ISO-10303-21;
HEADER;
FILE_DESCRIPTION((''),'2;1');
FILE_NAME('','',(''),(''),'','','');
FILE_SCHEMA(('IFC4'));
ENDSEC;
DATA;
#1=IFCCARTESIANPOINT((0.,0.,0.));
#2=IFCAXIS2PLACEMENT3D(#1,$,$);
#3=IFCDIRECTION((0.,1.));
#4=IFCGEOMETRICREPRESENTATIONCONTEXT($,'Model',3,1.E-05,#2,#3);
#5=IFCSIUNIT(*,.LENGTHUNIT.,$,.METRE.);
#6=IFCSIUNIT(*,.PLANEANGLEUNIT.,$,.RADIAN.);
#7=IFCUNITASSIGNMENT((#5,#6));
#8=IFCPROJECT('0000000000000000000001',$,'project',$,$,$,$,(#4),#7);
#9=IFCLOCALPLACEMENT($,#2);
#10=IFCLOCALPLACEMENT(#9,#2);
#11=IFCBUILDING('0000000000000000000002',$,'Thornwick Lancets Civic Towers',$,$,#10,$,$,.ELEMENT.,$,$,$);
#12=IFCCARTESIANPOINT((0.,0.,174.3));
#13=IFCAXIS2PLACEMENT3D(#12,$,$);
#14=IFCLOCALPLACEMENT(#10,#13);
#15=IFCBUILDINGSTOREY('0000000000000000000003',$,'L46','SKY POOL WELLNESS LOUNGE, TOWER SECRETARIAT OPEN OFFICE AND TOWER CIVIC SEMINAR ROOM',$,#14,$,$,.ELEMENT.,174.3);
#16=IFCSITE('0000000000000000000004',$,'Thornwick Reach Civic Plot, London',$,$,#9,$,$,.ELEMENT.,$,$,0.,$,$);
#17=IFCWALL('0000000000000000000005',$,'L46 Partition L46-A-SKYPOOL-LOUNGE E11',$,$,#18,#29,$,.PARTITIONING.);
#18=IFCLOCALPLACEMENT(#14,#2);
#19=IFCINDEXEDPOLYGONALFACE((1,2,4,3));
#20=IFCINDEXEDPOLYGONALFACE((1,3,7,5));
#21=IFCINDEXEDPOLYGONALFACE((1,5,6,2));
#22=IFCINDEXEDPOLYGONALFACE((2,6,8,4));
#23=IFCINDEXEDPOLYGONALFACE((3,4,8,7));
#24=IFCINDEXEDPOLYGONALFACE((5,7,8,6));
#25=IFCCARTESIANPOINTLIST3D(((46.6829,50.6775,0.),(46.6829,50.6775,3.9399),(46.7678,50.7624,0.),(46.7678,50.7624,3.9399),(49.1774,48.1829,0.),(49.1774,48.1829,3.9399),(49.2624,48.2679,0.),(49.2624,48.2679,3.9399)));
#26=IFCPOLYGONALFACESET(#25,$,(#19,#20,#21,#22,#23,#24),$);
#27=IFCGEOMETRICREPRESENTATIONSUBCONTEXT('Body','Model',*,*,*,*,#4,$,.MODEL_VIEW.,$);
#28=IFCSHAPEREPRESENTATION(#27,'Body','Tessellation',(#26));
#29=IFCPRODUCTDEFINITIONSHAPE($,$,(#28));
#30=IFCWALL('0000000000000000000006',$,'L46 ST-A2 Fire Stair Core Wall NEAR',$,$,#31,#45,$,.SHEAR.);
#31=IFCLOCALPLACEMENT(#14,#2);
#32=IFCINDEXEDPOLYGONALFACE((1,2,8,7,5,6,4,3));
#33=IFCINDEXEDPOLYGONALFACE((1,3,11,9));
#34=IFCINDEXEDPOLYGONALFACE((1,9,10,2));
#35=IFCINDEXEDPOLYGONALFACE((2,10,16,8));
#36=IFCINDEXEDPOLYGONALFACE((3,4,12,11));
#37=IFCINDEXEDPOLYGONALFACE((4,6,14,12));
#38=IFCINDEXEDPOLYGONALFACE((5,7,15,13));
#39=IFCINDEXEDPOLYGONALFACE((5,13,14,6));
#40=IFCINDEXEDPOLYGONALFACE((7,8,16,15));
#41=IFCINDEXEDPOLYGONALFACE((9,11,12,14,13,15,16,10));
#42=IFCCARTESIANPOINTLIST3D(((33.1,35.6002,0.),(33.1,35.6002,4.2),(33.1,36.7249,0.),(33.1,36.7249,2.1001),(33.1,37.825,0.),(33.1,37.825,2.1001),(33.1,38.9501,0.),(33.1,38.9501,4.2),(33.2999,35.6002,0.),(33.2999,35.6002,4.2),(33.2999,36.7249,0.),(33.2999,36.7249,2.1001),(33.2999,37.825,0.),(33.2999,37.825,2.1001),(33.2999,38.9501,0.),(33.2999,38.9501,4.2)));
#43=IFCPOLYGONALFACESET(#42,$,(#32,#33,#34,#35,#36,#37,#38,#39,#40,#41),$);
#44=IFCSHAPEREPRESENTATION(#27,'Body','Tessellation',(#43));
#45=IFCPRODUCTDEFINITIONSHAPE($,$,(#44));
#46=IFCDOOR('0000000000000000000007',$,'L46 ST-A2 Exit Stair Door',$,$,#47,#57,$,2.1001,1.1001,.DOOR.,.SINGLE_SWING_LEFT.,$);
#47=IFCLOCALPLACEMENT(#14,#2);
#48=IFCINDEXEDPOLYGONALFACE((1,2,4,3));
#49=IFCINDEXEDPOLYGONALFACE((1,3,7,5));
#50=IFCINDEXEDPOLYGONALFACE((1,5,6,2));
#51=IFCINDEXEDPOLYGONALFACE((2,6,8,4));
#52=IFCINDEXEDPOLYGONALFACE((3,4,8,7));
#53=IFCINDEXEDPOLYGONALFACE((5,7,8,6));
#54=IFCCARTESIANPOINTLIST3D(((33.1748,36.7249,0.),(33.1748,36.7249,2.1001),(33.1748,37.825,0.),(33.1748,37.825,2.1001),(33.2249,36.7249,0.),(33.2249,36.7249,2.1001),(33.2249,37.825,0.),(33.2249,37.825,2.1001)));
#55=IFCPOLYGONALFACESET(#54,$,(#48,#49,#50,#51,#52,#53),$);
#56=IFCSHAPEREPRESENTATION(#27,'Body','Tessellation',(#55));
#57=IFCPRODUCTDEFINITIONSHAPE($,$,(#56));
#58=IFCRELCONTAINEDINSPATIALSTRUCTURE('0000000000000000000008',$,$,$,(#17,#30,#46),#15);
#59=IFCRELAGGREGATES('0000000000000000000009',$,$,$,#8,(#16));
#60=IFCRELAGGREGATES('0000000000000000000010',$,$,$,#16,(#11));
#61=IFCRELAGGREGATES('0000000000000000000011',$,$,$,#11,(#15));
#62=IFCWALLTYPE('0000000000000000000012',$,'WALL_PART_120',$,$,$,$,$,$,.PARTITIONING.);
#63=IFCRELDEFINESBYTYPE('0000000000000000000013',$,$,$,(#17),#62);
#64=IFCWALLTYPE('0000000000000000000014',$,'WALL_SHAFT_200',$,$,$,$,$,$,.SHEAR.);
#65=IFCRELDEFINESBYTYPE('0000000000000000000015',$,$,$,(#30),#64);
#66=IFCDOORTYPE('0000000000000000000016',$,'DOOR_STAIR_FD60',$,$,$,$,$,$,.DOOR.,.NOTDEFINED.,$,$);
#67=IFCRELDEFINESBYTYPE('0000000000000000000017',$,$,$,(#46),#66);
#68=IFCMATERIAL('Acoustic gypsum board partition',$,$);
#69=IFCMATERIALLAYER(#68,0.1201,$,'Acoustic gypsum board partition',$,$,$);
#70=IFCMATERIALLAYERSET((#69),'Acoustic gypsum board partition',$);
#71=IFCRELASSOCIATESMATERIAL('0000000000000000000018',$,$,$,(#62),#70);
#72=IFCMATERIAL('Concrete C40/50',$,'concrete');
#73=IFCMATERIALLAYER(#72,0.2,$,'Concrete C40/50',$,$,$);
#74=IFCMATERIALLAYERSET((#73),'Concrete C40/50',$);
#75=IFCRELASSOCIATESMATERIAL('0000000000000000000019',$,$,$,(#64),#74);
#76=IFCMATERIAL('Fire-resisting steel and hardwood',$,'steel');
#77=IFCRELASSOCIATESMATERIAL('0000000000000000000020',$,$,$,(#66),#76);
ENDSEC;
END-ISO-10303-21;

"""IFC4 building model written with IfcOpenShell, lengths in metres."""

from ifc_helpers import new_model, si_unit, direction, frame, frame_2d, origin, place, context, subcontext, project, spatial, rectangle, extrude, material, layer, layer_set, type_object, element, fill, save


model = new_model("IFC4")

# Units and contexts
model_context = context("Model", 3, precision=1e-05, world=origin(), true_north=direction((0.0, 1.0)))
body_context = subcontext(model_context, "Body", "Model", "MODEL_VIEW")
ifc_project = project(units=[si_unit("LENGTHUNIT", "METRE"), si_unit("PLANEANGLEUNIT", "RADIAN")], contexts=[model_context])

# Site, building, storey
site_placement = place(None, origin())
site = spatial("IfcSite", under=ifc_project, at=site_placement, Name="Thornwick Reach Civic Plot, London", CompositionType="ELEMENT", RefElevation=0.0)
building_placement = place(site_placement, origin())
building = spatial("IfcBuilding", under=site, at=building_placement, Name="Thornwick Lancets Civic Towers", CompositionType="ELEMENT")
storey_placement = place(building_placement, frame((0.0, 0.0, 174.3)))
storey = spatial("IfcBuildingStorey", under=building, at=storey_placement, Name="L46", Description="SKY POOL WELLNESS LOUNGE, TOWER SECRETARIAT OPEN OFFICE AND TOWER CIVIC SEMINAR ROOM", CompositionType="ELEMENT", Elevation=174.3)

# Wall
ifc_material_1 = material(Name="Acoustic gypsum board partition")
ifc_layer_1 = layer(ifc_material_1, 0.1201, Name="Acoustic gypsum board partition")
ifc_layer_set_1 = layer_set([ifc_layer_1], Name="Acoustic gypsum board partition")
wall_type_1 = type_object("IfcWallType", Name="WALL_PART_120", PredefinedType="PARTITIONING", material=ifc_layer_set_1)
wall_1_placement = place(storey_placement, frame((46.7253, 50.72, 0.0), z_axis=(0.0, 0.0, 1.0), x_axis=(0.707107, -0.707107, 0.0)))
element("IfcWall", 1, at=wall_1_placement, inside=storey, type_object=wall_type_1, Name="L46 Partition L46-A-SKYPOOL-LOUNGE E11", PredefinedType="PARTITIONING", context=body_context, shape_type="SweptSolid", body=[
    extrude(rectangle(XDim=3.5278, YDim=0.1201, at=frame_2d((1.7639, 0.0))), origin(), (0.0, 0.0, 1.0), 3.9399),
])

# Wall, opening, door
ifc_material_2 = material(Name="Concrete C40/50", Category="concrete")
ifc_layer_2 = layer(ifc_material_2, 0.2, Name="Concrete C40/50")
ifc_layer_set_2 = layer_set([ifc_layer_2], Name="Concrete C40/50")
wall_type_2 = type_object("IfcWallType", Name="WALL_SHAFT_200", PredefinedType="SHEAR", material=ifc_layer_set_2)
wall_2_placement = place(storey_placement, frame((33.2, 38.95, 0.0), z_axis=(0.0, 0.0, 1.0), x_axis=(0.0, -1.0, 0.0)))
wall_2 = element("IfcWall", 2, at=wall_2_placement, inside=storey, type_object=wall_type_2, Name="L46 ST-A2 Fire Stair Core Wall NEAR", PredefinedType="SHEAR", context=body_context, shape_type="SweptSolid", body=[
    extrude(rectangle(XDim=3.3499, YDim=0.2, at=frame_2d((1.6748, 0.0))), origin(), (0.0, 0.0, 1.0), 4.2),
])
opening_1_placement = place(wall_2_placement, frame((1.125, 0.0, 0.0)))
opening_1 = element("IfcOpeningElement", 3, at=opening_1_placement, cuts=wall_2, PredefinedType="OPENING", context=body_context, shape_type="SweptSolid", body=[
    extrude(rectangle(XDim=1.1001, YDim=2.1001, at=frame_2d((0.55, 1.05))), frame((0.0, 0.1099, 0.0), z_axis=(0.0, -1.0, 0.0), x_axis=(1.0, 0.0, 0.0)), (0.0, 0.0, 1.0), 0.22),
])
ifc_material_3 = material(Name="Fire-resisting steel and hardwood", Category="steel")
door_type_1 = type_object("IfcDoorType", Name="DOOR_STAIR_FD60", OperationType="NOTDEFINED", PredefinedType="DOOR", material=ifc_material_3)
door_1_placement = place(opening_1_placement, origin())
door_1 = element("IfcDoor", 4, at=door_1_placement, inside=storey, type_object=door_type_1, Name="L46 ST-A2 Exit Stair Door", OperationType="SINGLE_SWING_LEFT", OverallHeight=2.1001, OverallWidth=1.1001, PredefinedType="DOOR", context=body_context, shape_type="SweptSolid", body=[
    extrude(rectangle(XDim=1.1001, YDim=2.1001, at=frame_2d((0.55, 1.05))), frame((0.0, 0.0249, 0.0), z_axis=(0.0, -1.0, 0.0), x_axis=(1.0, 0.0, 0.0)), (0.0, 0.0, 1.0), 0.05),
])
fill(opening_1, door_1)

save(model, "model.ifc")
